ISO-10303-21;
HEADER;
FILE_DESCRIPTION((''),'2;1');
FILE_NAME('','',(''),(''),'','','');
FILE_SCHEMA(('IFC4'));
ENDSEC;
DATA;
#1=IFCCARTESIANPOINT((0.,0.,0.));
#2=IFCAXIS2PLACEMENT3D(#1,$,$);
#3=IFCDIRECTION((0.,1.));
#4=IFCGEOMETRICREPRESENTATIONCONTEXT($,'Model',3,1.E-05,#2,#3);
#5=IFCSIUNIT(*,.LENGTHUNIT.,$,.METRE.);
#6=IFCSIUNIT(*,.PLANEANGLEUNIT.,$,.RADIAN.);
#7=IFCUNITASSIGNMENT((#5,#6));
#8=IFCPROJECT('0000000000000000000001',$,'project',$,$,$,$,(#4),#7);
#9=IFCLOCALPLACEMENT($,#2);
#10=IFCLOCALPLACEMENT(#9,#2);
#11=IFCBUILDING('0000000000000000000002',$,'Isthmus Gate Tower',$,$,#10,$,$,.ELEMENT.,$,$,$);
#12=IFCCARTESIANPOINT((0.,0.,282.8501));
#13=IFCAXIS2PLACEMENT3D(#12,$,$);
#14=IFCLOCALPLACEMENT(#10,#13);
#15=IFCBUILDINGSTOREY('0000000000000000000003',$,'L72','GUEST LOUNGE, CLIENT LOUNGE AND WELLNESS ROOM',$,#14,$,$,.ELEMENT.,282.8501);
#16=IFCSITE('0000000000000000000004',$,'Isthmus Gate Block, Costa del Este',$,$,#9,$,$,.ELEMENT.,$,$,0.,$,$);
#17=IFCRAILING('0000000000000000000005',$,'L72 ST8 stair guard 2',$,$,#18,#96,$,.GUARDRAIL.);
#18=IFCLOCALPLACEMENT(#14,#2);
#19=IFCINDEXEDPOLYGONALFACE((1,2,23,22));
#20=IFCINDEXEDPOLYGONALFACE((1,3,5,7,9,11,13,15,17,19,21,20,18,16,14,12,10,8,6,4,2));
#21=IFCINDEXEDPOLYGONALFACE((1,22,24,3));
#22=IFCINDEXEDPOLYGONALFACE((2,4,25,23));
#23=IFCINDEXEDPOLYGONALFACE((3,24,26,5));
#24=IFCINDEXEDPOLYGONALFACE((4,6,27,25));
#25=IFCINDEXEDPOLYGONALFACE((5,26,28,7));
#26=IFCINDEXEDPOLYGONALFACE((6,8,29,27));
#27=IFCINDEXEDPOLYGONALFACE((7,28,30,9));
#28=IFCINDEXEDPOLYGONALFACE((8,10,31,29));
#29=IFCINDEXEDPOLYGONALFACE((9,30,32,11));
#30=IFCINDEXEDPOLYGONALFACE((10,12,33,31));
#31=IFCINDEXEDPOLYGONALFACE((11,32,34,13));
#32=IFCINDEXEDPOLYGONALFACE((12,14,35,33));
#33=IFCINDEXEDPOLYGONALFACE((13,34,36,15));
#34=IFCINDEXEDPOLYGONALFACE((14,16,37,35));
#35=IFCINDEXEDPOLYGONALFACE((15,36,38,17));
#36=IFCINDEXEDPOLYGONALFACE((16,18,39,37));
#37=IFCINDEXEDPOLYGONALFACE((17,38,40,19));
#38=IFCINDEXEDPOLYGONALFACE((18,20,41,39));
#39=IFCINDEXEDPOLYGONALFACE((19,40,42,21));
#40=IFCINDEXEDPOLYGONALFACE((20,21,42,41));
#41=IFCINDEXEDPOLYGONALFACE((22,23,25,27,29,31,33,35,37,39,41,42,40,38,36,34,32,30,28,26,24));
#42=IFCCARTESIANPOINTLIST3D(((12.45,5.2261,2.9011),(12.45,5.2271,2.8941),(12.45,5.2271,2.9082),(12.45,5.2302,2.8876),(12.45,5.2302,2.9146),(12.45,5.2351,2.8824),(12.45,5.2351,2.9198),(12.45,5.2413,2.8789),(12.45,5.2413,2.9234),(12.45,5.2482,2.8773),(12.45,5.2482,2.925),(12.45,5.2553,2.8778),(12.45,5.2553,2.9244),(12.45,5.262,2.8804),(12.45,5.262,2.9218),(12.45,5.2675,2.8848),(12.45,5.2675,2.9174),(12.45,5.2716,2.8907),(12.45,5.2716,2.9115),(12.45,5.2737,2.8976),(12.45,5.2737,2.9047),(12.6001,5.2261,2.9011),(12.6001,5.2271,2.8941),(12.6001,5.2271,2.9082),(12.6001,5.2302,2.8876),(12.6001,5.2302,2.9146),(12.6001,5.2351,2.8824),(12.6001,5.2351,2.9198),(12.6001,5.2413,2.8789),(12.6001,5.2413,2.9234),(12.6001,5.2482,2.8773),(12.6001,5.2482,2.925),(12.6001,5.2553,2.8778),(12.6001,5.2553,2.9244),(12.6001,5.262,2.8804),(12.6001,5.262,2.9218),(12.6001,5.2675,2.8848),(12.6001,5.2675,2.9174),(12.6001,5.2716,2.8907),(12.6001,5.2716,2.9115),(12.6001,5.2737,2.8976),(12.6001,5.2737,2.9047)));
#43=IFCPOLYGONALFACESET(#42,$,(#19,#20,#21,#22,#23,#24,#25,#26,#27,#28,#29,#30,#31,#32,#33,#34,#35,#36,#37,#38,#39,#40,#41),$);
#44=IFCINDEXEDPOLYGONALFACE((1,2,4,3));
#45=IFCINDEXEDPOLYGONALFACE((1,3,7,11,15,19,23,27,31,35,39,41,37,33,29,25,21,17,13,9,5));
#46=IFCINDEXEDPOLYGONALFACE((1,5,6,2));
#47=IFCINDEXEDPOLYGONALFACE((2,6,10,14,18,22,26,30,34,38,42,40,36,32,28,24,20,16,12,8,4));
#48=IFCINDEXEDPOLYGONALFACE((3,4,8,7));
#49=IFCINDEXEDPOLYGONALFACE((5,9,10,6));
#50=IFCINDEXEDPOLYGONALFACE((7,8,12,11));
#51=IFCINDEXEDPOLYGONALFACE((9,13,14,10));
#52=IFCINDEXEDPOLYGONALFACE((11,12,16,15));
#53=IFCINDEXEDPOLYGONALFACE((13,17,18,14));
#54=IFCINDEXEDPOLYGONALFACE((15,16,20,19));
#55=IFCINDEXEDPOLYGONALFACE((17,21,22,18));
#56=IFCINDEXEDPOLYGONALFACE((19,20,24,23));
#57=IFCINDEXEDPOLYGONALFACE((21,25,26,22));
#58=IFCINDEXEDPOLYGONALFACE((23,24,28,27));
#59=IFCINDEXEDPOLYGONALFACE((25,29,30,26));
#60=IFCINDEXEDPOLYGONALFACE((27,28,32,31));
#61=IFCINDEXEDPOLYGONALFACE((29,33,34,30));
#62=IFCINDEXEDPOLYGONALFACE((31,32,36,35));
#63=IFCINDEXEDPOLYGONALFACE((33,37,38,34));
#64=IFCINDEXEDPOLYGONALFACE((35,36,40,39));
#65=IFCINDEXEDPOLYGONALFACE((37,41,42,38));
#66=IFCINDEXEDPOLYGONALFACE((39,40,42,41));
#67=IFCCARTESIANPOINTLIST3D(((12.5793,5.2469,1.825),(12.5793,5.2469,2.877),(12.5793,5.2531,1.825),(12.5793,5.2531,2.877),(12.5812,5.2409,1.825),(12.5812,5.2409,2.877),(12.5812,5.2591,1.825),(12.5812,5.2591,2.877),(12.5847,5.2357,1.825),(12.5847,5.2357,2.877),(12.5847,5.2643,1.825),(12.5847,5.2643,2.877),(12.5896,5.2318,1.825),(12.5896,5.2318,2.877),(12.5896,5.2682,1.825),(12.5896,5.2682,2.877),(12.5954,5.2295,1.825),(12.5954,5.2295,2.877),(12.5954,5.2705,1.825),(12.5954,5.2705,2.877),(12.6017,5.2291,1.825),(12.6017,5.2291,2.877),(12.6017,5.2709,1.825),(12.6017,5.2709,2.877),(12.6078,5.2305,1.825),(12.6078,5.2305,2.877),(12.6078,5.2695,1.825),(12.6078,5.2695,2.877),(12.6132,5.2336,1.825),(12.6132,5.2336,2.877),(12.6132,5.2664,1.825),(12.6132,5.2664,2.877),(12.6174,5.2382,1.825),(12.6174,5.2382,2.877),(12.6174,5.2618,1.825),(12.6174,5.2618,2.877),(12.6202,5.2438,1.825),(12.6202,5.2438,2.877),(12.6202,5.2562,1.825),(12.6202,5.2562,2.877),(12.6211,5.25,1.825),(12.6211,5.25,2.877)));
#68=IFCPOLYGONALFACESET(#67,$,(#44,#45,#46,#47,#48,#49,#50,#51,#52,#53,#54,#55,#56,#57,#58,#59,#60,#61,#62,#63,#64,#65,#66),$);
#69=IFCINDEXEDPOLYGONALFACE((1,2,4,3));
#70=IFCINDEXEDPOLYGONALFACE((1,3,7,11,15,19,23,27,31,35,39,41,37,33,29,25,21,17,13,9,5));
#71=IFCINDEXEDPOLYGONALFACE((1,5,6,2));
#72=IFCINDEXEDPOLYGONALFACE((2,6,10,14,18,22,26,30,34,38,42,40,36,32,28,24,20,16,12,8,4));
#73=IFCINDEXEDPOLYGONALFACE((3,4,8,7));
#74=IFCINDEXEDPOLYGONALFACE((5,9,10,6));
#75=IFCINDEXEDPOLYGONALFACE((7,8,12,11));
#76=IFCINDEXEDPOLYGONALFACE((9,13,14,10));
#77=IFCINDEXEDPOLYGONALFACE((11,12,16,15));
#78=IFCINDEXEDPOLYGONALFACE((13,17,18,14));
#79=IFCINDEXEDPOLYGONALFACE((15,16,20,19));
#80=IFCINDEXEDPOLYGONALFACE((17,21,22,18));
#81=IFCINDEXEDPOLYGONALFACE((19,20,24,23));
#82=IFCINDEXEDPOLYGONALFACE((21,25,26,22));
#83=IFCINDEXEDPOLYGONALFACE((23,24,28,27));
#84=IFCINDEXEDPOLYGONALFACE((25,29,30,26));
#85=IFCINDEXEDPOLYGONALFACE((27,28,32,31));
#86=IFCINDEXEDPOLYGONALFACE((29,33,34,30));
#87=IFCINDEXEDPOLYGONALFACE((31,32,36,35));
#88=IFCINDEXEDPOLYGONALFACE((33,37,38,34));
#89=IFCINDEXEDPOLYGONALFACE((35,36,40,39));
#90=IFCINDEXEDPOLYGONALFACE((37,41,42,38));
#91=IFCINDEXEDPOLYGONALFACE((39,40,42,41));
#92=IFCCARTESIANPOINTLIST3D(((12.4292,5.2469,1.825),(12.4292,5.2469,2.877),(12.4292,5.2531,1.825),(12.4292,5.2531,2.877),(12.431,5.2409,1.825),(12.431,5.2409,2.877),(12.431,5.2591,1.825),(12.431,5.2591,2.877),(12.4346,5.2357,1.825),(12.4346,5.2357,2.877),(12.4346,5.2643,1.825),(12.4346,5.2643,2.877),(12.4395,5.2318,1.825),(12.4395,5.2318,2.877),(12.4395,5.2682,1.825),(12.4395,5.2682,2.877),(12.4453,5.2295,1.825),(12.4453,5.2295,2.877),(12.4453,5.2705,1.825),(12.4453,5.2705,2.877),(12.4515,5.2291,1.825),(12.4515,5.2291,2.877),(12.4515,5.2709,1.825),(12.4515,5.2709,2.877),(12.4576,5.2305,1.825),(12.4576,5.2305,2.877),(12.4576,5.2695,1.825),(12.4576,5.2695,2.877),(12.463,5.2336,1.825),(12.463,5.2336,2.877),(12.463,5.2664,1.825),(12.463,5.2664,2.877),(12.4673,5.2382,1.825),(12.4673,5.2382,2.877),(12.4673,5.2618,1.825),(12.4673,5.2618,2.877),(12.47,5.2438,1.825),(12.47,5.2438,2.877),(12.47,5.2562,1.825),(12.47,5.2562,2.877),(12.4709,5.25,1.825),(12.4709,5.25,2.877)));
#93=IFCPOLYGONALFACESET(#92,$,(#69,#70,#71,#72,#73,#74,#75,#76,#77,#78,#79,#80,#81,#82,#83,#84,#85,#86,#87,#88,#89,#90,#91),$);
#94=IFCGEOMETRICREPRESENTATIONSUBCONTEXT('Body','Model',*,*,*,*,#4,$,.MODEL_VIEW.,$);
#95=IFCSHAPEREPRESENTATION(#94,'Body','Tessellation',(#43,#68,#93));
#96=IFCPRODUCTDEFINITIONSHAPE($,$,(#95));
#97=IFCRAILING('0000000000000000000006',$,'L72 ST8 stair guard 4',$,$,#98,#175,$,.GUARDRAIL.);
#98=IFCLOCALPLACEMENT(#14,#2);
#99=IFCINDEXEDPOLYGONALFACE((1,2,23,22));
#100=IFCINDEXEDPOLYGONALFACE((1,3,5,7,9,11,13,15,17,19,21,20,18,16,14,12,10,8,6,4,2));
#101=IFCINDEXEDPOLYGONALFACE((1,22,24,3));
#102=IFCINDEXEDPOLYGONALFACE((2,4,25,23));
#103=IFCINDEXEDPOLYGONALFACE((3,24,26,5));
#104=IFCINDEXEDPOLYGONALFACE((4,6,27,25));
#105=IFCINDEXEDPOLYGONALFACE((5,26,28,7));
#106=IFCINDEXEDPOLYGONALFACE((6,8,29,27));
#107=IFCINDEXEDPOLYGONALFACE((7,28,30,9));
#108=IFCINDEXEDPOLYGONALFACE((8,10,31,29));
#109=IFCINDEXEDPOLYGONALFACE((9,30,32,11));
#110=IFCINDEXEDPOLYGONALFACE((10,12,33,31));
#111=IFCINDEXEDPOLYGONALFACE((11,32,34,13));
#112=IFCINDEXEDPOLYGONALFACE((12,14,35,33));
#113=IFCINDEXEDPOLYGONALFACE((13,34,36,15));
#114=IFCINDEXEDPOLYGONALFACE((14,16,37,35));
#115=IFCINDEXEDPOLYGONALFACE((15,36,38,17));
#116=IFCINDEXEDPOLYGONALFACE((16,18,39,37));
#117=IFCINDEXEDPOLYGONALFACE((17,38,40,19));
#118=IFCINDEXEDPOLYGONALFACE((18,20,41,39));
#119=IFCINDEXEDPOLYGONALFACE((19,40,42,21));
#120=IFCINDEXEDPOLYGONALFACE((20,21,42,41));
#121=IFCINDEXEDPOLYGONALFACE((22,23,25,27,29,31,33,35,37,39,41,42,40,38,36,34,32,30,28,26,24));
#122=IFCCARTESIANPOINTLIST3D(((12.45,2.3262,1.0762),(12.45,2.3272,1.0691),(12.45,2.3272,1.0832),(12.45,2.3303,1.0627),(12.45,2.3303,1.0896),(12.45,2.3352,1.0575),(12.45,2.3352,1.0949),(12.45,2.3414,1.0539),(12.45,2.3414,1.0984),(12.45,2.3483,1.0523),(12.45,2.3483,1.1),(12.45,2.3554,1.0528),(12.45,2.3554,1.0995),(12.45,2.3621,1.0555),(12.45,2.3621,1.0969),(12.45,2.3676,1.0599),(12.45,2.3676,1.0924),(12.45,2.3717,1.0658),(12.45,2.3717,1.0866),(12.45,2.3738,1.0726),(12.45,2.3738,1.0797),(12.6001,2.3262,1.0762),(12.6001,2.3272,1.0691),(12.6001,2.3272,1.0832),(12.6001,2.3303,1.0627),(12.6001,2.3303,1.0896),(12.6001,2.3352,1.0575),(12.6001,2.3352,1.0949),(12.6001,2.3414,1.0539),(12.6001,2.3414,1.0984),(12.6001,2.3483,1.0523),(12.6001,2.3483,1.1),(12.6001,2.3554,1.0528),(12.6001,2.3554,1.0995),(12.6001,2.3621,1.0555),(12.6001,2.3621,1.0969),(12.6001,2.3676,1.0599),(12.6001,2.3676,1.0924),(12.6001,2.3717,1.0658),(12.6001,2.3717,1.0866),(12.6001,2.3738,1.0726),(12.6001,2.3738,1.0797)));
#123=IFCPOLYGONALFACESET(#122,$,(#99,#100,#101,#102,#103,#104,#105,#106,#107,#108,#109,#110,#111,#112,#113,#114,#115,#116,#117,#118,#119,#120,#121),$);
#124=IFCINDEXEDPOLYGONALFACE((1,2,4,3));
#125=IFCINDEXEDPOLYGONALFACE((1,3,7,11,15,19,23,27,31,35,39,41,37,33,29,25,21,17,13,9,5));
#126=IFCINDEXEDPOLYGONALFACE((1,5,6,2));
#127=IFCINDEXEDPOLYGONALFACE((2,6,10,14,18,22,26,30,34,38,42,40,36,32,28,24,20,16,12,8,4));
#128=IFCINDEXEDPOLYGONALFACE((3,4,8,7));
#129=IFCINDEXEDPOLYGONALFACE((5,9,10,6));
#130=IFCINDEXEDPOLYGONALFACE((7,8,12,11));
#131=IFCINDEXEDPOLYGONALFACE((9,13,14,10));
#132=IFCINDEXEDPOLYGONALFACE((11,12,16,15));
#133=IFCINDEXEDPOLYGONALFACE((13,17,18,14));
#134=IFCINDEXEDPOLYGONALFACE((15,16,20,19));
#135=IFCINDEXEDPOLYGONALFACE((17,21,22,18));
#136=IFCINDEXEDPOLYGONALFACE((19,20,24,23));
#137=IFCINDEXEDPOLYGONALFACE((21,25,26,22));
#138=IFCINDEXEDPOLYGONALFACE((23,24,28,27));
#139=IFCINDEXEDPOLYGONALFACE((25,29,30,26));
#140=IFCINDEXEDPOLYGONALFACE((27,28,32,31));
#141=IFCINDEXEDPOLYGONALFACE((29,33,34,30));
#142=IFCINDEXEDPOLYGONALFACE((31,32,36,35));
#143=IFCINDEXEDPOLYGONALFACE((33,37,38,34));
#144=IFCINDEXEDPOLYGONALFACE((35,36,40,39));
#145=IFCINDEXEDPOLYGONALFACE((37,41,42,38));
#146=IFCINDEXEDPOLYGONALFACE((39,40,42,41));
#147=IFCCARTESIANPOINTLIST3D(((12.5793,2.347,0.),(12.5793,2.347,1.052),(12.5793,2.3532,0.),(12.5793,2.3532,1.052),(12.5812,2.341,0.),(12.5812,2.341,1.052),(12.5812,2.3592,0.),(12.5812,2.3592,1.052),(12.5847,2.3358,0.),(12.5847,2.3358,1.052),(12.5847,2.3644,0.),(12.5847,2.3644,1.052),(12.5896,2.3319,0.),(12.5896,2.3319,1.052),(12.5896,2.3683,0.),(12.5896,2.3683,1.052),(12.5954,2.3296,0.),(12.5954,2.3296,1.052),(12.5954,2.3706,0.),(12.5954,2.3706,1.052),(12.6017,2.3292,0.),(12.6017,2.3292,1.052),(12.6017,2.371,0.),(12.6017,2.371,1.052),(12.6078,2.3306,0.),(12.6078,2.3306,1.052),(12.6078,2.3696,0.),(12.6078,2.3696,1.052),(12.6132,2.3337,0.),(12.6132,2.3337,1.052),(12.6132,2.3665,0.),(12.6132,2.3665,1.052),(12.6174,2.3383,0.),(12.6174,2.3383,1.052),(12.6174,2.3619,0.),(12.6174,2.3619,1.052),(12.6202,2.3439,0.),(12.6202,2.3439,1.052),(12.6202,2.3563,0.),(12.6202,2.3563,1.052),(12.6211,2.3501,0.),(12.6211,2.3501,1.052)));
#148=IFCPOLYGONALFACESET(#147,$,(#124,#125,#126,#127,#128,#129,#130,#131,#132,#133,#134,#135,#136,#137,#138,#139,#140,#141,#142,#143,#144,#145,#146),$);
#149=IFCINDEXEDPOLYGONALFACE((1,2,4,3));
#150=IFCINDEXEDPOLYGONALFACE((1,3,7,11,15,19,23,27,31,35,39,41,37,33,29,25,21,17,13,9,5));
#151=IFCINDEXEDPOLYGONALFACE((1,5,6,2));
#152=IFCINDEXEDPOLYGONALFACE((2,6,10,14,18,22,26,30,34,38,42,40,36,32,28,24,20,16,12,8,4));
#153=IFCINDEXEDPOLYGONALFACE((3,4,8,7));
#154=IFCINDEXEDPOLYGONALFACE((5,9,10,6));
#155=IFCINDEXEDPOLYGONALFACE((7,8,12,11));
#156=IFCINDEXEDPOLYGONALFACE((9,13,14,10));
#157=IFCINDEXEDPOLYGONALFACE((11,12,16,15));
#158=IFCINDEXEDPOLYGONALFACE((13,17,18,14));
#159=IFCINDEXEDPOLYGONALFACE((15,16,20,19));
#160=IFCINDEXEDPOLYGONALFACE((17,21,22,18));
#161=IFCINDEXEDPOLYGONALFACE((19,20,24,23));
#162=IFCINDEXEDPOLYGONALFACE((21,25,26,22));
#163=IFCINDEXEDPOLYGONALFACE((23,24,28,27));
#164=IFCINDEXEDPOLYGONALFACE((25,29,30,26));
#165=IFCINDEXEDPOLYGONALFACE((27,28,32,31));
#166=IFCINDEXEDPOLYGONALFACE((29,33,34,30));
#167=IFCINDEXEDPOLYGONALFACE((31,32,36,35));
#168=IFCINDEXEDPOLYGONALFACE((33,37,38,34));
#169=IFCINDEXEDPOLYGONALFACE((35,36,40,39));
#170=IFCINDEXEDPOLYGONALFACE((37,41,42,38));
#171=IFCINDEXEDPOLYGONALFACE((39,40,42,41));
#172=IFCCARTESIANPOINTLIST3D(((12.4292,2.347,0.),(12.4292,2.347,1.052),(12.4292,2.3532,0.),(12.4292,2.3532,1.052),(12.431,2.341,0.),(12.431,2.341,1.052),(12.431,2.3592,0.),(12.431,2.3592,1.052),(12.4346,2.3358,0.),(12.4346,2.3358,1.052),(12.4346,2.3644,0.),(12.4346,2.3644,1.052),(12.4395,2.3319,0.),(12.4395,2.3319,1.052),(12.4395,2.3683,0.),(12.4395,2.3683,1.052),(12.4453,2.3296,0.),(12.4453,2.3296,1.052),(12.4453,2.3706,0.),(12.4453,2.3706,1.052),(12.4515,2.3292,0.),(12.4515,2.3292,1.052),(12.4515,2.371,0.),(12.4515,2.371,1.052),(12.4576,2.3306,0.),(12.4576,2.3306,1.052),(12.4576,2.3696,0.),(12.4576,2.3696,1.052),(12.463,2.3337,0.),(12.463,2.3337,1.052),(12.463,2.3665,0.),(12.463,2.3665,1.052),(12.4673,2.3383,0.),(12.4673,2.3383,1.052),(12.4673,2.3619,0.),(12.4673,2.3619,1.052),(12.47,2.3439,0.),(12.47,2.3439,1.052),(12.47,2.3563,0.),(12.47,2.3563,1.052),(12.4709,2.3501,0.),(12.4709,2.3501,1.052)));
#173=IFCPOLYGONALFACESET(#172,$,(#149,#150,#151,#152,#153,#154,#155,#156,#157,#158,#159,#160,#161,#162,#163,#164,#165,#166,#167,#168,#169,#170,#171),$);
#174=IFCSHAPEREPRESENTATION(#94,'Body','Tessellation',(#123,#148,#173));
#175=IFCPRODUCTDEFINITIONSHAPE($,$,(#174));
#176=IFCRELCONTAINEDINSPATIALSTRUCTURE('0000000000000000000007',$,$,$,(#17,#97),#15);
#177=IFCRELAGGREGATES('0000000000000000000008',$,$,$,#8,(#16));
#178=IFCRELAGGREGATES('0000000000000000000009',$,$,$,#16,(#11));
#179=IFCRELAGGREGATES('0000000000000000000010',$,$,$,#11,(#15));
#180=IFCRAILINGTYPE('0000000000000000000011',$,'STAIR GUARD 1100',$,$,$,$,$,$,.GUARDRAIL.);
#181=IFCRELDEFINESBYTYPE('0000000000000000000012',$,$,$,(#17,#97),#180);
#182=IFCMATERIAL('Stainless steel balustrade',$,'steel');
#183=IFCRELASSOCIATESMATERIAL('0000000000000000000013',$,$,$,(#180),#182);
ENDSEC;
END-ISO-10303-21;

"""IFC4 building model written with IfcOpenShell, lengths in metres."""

from ifc_helpers import new_model, si_unit, direction, frame, origin, origin_2d, place, context, subcontext, project, spatial, circle, extrude, material, type_object, element, save


model = new_model("IFC4")

# Units and contexts
model_context = context("Model", 3, precision=1e-05, world=origin(), true_north=direction((0.0, 1.0)))
body_context = subcontext(model_context, "Body", "Model", "MODEL_VIEW")
ifc_project = project(units=[si_unit("LENGTHUNIT", "METRE"), si_unit("PLANEANGLEUNIT", "RADIAN")], contexts=[model_context])

# Site, building, storey
site_placement = place(None, origin())
site = spatial("IfcSite", under=ifc_project, at=site_placement, Name="Isthmus Gate Block, Costa del Este", CompositionType="ELEMENT", RefElevation=0.0)
building_placement = place(site_placement, origin())
building = spatial("IfcBuilding", under=site, at=building_placement, Name="Isthmus Gate Tower", CompositionType="ELEMENT")
storey_placement = place(building_placement, frame((0.0, 0.0, 282.8501)))
storey = spatial("IfcBuildingStorey", under=building, at=storey_placement, Name="L72", Description="GUEST LOUNGE, CLIENT LOUNGE AND WELLNESS ROOM", CompositionType="ELEMENT", Elevation=282.8501)

# Railings
ifc_material_1 = material(Name="Stainless steel balustrade", Category="steel")
railing_type_1 = type_object("IfcRailingType", Name="STAIR GUARD 1100", PredefinedType="GUARDRAIL", material=ifc_material_1)
for number, where, name in (
    (1, (12.6001, 5.25, 1.825), "L72 ST8 stair guard 2"),
    (2, (12.6001, 2.3501, 0.0), "L72 ST8 stair guard 4"),
):
    element("IfcRailing", number, at=place(storey_placement, frame(where)), inside=storey, type_object=railing_type_1, Name=name, PredefinedType="GUARDRAIL", context=body_context, shape_type="SweptSolid", body=[
        extrude(circle(Radius=0.0239, at=origin_2d()), frame((0.0, 0.0, 1.0762), z_axis=(-1.0, 0.0, 0.0), x_axis=(0.0, -1.0, 0.0)), (0.0, 0.0, 1.0), 0.1501),
        extrude(circle(Radius=0.021, at=origin_2d()), origin(), (0.0, 0.0, 1.0), 1.052),
        extrude(circle(Radius=0.021, at=origin_2d()), frame((-0.1501, 0.0, 0.0)), (0.0, 0.0, 1.0), 1.052),
    ])

save(model, "model.ifc")
